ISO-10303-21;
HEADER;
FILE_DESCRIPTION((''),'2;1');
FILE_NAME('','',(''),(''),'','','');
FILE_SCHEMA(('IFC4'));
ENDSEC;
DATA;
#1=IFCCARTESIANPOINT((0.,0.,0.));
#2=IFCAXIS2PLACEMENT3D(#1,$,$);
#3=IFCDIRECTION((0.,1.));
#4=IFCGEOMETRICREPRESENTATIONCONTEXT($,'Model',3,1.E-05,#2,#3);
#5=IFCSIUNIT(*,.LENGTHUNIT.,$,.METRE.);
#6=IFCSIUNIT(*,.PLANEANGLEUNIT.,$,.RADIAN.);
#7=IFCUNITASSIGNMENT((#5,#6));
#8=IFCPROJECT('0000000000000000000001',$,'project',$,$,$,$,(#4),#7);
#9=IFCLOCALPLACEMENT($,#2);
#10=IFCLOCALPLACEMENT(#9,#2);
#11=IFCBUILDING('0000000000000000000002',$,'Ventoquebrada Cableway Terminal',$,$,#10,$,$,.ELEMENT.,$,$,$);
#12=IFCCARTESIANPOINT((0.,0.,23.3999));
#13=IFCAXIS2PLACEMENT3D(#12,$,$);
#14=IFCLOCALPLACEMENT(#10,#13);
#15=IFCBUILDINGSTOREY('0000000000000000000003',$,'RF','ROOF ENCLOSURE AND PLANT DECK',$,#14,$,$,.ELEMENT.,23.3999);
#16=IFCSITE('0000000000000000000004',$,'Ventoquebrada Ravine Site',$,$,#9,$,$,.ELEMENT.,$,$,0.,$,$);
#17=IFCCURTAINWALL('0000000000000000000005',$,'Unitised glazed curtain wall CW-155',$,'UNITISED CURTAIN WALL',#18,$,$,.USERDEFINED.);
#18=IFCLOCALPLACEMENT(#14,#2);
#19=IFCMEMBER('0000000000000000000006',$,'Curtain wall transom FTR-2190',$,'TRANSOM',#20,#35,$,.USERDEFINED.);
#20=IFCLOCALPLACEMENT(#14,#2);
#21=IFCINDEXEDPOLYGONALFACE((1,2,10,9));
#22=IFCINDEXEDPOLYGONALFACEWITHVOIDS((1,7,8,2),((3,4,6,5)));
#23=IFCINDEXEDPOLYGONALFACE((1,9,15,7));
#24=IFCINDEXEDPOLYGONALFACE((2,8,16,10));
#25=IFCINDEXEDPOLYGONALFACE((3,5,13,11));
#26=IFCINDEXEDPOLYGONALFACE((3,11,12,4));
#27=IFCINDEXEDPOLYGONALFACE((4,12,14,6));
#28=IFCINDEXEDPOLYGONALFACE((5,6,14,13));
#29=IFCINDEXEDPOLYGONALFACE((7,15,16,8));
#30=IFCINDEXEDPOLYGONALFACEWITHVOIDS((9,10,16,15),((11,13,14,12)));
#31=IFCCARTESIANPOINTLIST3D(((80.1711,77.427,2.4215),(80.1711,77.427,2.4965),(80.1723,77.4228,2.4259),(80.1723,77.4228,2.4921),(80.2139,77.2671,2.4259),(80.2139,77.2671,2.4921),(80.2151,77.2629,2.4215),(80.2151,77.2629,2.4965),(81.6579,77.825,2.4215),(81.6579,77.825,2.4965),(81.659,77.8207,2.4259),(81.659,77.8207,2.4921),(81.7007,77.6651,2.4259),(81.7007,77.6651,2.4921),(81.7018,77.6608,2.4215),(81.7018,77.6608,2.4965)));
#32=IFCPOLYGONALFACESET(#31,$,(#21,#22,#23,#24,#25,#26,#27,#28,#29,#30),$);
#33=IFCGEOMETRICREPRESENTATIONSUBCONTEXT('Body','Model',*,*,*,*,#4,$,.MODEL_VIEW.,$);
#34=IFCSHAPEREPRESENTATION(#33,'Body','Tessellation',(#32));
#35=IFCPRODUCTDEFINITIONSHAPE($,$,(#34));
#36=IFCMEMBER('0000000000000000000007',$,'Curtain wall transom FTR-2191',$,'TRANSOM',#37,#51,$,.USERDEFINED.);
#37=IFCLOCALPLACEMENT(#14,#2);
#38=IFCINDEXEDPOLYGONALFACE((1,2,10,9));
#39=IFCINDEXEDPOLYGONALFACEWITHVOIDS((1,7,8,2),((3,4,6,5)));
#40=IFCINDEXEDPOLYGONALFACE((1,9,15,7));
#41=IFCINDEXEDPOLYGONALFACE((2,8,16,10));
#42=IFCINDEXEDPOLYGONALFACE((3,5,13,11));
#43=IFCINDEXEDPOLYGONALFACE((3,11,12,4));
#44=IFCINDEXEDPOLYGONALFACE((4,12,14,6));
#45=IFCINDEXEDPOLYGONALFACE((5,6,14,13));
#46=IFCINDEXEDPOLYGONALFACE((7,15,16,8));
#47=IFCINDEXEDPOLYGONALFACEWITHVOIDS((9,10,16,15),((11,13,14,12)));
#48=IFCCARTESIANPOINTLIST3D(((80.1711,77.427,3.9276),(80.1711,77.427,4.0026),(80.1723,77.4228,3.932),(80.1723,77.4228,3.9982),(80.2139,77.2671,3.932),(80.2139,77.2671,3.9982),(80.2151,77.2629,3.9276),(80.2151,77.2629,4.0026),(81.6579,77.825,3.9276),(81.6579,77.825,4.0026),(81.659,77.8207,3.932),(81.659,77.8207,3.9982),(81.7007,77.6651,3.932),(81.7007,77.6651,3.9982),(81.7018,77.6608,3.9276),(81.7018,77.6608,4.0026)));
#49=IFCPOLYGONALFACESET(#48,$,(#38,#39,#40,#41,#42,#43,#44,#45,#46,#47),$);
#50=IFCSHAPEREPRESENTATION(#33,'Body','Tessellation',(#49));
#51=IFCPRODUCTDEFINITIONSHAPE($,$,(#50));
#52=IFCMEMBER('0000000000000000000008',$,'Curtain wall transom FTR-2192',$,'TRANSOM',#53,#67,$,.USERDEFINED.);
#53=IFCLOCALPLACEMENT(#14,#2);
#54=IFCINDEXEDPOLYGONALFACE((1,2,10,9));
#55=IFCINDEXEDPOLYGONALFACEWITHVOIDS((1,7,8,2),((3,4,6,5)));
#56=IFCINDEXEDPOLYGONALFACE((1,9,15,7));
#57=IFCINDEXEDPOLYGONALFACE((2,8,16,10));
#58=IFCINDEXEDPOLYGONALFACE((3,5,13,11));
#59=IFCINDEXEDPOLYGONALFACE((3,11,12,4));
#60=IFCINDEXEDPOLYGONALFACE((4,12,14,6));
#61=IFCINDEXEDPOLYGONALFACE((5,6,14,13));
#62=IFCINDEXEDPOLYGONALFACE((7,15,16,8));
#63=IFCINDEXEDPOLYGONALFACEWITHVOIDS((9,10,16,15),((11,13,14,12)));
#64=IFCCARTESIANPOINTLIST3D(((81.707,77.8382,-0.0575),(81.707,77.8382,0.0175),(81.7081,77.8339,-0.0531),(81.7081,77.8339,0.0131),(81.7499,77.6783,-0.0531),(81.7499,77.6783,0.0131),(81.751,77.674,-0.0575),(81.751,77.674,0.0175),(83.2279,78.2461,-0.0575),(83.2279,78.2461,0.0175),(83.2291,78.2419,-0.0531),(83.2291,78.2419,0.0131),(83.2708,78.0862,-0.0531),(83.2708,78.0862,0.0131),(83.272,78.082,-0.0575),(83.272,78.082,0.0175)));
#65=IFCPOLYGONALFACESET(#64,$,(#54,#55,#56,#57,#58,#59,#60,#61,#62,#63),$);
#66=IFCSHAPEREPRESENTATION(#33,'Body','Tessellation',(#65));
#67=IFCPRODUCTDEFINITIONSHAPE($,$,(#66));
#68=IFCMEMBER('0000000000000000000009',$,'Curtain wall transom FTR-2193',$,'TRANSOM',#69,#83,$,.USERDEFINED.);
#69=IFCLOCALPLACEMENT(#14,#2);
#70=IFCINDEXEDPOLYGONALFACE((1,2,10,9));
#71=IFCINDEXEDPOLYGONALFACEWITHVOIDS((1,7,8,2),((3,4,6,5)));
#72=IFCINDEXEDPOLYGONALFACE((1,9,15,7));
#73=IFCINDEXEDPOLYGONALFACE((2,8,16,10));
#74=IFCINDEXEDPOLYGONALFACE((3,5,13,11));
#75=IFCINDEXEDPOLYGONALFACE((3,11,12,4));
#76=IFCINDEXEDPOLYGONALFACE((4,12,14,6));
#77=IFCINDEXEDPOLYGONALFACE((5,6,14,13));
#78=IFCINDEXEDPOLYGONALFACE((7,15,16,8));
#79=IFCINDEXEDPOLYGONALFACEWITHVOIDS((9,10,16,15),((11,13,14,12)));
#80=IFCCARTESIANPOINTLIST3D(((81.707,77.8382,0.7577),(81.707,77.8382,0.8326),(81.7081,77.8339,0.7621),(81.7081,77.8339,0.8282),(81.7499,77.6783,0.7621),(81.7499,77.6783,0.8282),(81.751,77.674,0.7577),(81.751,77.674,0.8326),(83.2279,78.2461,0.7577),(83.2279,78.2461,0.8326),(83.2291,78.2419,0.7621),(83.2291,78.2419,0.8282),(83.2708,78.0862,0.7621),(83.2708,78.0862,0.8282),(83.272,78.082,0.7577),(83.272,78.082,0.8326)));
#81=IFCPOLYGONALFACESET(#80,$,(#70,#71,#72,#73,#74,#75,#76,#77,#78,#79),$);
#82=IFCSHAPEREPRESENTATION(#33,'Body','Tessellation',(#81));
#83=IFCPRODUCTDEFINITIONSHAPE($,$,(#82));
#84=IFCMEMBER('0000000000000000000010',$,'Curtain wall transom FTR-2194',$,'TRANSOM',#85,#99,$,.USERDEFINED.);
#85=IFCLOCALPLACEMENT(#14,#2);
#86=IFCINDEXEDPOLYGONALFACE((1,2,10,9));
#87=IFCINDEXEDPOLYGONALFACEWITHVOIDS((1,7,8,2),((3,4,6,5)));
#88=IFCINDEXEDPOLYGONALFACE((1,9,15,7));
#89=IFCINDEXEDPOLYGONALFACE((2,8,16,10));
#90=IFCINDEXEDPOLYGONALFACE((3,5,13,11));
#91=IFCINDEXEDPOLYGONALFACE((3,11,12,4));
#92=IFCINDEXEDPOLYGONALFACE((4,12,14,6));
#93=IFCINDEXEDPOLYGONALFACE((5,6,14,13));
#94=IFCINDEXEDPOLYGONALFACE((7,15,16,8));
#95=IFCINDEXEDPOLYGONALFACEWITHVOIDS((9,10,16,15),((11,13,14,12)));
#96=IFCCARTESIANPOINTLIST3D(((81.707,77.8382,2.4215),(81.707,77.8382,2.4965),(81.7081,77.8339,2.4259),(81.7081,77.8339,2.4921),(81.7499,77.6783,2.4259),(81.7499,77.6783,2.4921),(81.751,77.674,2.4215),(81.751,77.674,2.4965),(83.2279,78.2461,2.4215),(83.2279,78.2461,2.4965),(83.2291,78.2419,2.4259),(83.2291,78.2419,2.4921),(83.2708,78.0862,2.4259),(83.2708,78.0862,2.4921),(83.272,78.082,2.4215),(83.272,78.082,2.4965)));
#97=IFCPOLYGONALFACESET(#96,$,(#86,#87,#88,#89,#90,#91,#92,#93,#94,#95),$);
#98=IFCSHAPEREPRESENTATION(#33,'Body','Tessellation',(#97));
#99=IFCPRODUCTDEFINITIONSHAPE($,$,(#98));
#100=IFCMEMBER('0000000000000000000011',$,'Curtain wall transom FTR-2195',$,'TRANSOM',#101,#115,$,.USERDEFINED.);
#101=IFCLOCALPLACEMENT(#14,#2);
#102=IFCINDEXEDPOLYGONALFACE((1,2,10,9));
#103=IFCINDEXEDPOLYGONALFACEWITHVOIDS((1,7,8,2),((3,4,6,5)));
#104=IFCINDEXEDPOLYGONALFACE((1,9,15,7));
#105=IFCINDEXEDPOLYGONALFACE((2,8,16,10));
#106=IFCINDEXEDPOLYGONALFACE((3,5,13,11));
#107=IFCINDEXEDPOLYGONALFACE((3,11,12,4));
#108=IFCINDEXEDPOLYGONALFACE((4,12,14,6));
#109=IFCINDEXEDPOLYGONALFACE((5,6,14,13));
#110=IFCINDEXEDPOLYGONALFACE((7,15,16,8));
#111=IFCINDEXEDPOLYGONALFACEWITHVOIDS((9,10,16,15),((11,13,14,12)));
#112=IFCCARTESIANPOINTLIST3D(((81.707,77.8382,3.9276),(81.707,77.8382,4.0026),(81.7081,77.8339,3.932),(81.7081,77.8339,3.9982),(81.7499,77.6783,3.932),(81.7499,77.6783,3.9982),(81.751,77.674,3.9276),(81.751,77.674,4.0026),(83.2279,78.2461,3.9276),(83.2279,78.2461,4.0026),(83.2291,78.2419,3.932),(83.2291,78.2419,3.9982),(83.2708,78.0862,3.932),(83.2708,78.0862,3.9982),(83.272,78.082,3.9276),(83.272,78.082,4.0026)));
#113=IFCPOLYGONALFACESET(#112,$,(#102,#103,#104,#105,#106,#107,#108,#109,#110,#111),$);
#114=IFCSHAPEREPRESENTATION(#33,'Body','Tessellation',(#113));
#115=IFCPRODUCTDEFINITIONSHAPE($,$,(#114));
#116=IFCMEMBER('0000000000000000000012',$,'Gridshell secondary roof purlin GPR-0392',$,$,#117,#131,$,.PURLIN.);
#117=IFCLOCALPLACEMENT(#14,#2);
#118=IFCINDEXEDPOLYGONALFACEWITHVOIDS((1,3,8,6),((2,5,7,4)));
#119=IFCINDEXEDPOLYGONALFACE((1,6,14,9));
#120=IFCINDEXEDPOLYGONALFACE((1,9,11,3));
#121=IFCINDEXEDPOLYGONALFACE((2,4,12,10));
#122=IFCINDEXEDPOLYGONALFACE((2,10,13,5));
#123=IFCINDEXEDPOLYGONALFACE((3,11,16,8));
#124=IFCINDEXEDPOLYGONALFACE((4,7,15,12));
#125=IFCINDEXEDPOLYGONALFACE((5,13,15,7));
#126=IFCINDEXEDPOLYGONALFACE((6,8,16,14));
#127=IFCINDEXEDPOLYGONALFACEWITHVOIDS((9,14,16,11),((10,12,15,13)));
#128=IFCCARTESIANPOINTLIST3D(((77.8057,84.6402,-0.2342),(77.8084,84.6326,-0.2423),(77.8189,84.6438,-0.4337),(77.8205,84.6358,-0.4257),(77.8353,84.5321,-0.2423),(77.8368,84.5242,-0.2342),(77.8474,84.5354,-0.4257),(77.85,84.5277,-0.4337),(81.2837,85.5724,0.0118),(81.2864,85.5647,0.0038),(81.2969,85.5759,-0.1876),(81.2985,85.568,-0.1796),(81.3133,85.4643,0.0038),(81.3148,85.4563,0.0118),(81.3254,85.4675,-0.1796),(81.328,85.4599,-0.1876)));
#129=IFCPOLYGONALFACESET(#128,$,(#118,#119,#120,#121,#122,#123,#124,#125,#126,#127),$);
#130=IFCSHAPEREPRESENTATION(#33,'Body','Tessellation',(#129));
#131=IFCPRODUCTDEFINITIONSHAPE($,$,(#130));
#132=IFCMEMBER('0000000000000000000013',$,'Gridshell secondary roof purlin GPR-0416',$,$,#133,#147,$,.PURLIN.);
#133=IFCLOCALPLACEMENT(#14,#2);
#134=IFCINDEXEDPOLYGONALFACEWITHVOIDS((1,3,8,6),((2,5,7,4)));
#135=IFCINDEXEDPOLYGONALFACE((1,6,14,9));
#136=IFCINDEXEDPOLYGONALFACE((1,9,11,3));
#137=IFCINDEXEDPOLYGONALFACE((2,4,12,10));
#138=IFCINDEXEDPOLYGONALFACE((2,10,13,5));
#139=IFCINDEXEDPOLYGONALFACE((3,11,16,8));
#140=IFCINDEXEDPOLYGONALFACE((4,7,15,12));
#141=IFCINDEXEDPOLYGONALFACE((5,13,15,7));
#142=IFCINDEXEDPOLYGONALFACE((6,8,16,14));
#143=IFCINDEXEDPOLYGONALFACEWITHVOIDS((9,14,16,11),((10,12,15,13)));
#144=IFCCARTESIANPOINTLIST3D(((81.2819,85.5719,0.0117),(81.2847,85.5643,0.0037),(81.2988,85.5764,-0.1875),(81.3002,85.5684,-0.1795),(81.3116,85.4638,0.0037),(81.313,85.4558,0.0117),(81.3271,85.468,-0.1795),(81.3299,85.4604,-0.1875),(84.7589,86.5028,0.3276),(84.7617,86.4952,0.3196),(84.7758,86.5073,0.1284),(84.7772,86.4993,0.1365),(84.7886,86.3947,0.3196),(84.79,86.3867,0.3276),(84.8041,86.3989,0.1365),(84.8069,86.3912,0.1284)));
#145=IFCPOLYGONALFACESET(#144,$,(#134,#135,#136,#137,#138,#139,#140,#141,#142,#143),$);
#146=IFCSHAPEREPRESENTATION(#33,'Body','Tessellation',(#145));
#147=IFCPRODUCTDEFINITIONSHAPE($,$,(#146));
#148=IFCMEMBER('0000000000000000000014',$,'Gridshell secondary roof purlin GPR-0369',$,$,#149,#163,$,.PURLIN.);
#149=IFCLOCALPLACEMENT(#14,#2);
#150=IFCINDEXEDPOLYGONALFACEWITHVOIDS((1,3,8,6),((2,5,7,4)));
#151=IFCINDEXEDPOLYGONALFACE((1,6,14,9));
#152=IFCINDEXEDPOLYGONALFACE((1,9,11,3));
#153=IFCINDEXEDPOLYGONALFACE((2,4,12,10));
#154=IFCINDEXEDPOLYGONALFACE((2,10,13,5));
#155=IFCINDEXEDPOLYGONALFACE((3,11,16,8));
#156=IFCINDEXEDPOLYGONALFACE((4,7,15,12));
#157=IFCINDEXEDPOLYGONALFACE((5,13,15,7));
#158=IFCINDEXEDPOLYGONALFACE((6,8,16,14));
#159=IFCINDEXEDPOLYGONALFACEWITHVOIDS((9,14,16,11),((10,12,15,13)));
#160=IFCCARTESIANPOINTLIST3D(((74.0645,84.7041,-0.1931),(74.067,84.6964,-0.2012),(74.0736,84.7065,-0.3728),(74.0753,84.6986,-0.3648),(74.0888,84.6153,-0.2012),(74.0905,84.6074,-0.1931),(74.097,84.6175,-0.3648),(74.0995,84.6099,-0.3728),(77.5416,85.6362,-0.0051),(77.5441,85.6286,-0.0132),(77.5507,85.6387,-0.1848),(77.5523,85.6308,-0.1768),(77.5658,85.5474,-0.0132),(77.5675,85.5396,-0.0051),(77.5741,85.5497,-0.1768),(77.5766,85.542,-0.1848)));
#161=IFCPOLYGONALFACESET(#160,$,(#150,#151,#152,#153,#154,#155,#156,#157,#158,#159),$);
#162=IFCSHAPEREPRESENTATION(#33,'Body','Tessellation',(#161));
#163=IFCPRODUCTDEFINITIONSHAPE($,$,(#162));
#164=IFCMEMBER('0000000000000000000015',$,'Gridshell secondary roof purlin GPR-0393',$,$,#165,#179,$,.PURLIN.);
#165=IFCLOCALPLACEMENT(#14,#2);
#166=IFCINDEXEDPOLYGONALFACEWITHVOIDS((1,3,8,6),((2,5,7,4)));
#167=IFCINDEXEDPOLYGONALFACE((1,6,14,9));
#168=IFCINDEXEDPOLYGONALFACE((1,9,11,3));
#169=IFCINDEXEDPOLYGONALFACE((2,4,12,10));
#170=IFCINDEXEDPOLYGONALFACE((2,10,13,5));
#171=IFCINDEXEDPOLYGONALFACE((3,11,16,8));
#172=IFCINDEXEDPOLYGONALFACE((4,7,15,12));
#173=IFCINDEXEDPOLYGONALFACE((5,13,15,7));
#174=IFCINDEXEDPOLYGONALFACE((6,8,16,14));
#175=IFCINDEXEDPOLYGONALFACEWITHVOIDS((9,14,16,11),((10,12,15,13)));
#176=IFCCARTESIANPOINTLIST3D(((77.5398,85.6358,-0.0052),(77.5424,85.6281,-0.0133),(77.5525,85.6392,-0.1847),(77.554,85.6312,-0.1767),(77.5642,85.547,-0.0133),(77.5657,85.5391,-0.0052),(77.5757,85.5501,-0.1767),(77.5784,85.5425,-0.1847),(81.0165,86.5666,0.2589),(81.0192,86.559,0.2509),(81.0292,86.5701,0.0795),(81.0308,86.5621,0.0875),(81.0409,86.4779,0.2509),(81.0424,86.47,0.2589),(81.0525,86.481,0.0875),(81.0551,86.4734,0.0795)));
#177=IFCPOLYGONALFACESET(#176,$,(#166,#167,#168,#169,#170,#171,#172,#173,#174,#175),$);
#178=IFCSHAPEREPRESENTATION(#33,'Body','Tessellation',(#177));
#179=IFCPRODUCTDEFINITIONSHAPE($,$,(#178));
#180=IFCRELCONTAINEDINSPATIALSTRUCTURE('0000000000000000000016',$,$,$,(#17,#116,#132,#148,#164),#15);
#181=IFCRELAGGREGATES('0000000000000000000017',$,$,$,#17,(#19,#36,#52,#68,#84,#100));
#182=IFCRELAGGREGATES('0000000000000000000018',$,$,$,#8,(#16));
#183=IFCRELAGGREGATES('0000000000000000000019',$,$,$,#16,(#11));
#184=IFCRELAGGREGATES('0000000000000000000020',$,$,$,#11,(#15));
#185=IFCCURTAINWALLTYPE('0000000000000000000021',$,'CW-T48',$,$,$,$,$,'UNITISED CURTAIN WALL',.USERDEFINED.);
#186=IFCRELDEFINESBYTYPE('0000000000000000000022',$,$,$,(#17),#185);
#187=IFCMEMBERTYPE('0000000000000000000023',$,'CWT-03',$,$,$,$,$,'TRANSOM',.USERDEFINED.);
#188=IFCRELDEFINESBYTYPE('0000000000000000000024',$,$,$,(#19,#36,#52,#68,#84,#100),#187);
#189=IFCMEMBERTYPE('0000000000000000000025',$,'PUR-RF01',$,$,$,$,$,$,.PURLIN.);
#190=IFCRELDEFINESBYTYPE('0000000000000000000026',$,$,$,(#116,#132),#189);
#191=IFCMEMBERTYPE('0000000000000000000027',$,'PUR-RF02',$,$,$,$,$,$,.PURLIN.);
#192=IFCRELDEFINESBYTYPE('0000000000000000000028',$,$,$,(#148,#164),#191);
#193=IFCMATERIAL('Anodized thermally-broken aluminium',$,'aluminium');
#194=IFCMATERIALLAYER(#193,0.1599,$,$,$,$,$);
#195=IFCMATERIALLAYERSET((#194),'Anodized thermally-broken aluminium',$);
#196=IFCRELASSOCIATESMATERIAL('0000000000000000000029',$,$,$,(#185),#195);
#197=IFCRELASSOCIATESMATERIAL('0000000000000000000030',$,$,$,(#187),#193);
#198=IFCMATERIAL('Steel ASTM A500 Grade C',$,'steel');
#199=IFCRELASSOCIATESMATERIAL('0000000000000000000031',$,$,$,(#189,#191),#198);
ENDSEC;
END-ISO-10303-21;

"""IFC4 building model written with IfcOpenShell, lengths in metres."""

from ifc_helpers import new_model, si_unit, direction, frame, origin, origin_2d, place, context, subcontext, project, spatial, hollow_rectangle, extrude, material, layer, layer_set, material_profile, profile_set, type_object, element, aggregate, save


model = new_model("IFC4")

# Units and contexts
model_context = context("Model", 3, precision=1e-05, world=origin(), true_north=direction((0.0, 1.0)))
body_context = subcontext(model_context, "Body", "Model", "MODEL_VIEW")
ifc_project = project(units=[si_unit("LENGTHUNIT", "METRE"), si_unit("PLANEANGLEUNIT", "RADIAN")], contexts=[model_context])

# Site, building, storey
site_placement = place(None, origin())
site = spatial("IfcSite", under=ifc_project, at=site_placement, Name="Ventoquebrada Ravine Site", CompositionType="ELEMENT", RefElevation=0.0)
building_placement = place(site_placement, origin())
building = spatial("IfcBuilding", under=site, at=building_placement, Name="Ventoquebrada Cableway Terminal", CompositionType="ELEMENT")
storey_placement = place(building_placement, frame((0.0, 0.0, 23.3999)))
storey = spatial("IfcBuildingStorey", under=building, at=storey_placement, Name="RF", Description="ROOF ENCLOSURE AND PLANT DECK", CompositionType="ELEMENT", Elevation=23.3999)

# Shared definitions
ifc_material_1 = material(Name="Steel ASTM A500 Grade C", Category="steel")

# Curtain wall, members
ifc_material_2 = material(Name="Anodized thermally-broken aluminium", Category="aluminium")
ifc_layer_1 = layer(ifc_material_2, 0.1599)
ifc_layer_set_1 = layer_set([ifc_layer_1], Name="Anodized thermally-broken aluminium")
curtain_wall_type = type_object("IfcCurtainWallType", Name="CW-T48", ElementType="UNITISED CURTAIN WALL", PredefinedType="USERDEFINED", material=ifc_layer_set_1)
curtain_wall_placement = place(storey_placement, origin())
curtain_wall = element("IfcCurtainWall", 1, at=curtain_wall_placement, inside=storey, type_object=curtain_wall_type, Name="Unitised glazed curtain wall CW-155", ObjectType="UNITISED CURTAIN WALL", PredefinedType="USERDEFINED")
ifc_material_profile_1 = material_profile(ifc_material_2, hollow_rectangle(XDim=0.075, YDim=0.1699, WallThickness=0.0044, at=origin_2d()), Name="CW-TRN-75X170")
ifc_profile_set_1 = profile_set([ifc_material_profile_1], Name="Anodized thermally-broken aluminium")
member_type_1 = type_object("IfcMemberType", Name="CWT-03", ElementType="TRANSOM", PredefinedType="USERDEFINED", material=ifc_profile_set_1)
member_1_placement = place(storey_placement, frame((80.1931, 77.345, 2.459), z_axis=(0.965998, 0.258551, 0.0), x_axis=(0.0, 0.0, 1.0)))
member_1 = element("IfcMember", 2, at=member_1_placement, type_object=member_type_1, Name="Curtain wall transom FTR-2190", ObjectType="TRANSOM", PredefinedType="USERDEFINED", context=body_context, shape_type="SweptSolid", body=[
    extrude(hollow_rectangle(XDim=0.075, YDim=0.1699, WallThickness=0.0044, at=origin_2d()), origin(), (0.0, 0.0, 1.0), 1.5391),
])
member_2_placement = place(storey_placement, frame((80.1931, 77.345, 3.9651), z_axis=(0.965998, 0.258551, 0.0), x_axis=(0.0, 0.0, 1.0)))
member_2 = element("IfcMember", 3, at=member_2_placement, type_object=member_type_1, Name="Curtain wall transom FTR-2191", ObjectType="TRANSOM", PredefinedType="USERDEFINED", context=body_context, shape_type="SweptSolid", body=[
    extrude(hollow_rectangle(XDim=0.075, YDim=0.1699, WallThickness=0.0044, at=origin_2d()), origin(), (0.0, 0.0, 1.0), 1.5391),
])
member_3_placement = place(storey_placement, frame((81.729, 77.7561, -0.02), z_axis=(0.965861, 0.259062, 0.0), x_axis=(0.0, 0.0, 1.0)))
member_3 = element("IfcMember", 4, at=member_3_placement, type_object=member_type_1, Name="Curtain wall transom FTR-2192", ObjectType="TRANSOM", PredefinedType="USERDEFINED", context=body_context, shape_type="SweptSolid", body=[
    extrude(hollow_rectangle(XDim=0.075, YDim=0.1699, WallThickness=0.0044, at=origin_2d()), origin(), (0.0, 0.0, 1.0), 1.5747),
])
member_4_placement = place(storey_placement, frame((81.729, 77.7561, 0.7952), z_axis=(0.965861, 0.259062, 0.0), x_axis=(0.0, 0.0, 1.0)))
member_4 = element("IfcMember", 5, at=member_4_placement, type_object=member_type_1, Name="Curtain wall transom FTR-2193", ObjectType="TRANSOM", PredefinedType="USERDEFINED", context=body_context, shape_type="SweptSolid", body=[
    extrude(hollow_rectangle(XDim=0.075, YDim=0.1699, WallThickness=0.0044, at=origin_2d()), origin(), (0.0, 0.0, 1.0), 1.5747),
])
member_5_placement = place(storey_placement, frame((81.729, 77.7561, 2.459), z_axis=(0.965861, 0.259062, 0.0), x_axis=(0.0, 0.0, 1.0)))
member_5 = element("IfcMember", 6, at=member_5_placement, type_object=member_type_1, Name="Curtain wall transom FTR-2194", ObjectType="TRANSOM", PredefinedType="USERDEFINED", context=body_context, shape_type="SweptSolid", body=[
    extrude(hollow_rectangle(XDim=0.075, YDim=0.1699, WallThickness=0.0044, at=origin_2d()), origin(), (0.0, 0.0, 1.0), 1.5747),
])
member_6_placement = place(storey_placement, frame((81.729, 77.7561, 3.9651), z_axis=(0.965861, 0.259062, 0.0), x_axis=(0.0, 0.0, 1.0)))
member_6 = element("IfcMember", 7, at=member_6_placement, type_object=member_type_1, Name="Curtain wall transom FTR-2195", ObjectType="TRANSOM", PredefinedType="USERDEFINED", context=body_context, shape_type="SweptSolid", body=[
    extrude(hollow_rectangle(XDim=0.075, YDim=0.1699, WallThickness=0.0044, at=origin_2d()), origin(), (0.0, 0.0, 1.0), 1.5747),
])

# Members
ifc_material_profile_2 = material_profile(ifc_material_1, hollow_rectangle(XDim=0.1201, YDim=0.2, WallThickness=0.0081, at=origin_2d()), Name="RHS200X120X8")
ifc_profile_set_2 = profile_set([ifc_material_profile_2], Name="Steel ASTM A500 Grade C")
member_type_2 = type_object("IfcMemberType", Name="PUR-RF01", PredefinedType="PURLIN", material=ifc_profile_set_2)
member_7_placement = place(storey_placement, frame((77.8279, 84.584, -0.334), z_axis=(0.963664, 0.258267, 0.068186), x_axis=(-0.258869, 0.965912, 0.0)))
element("IfcMember", 8, at=member_7_placement, inside=storey, type_object=member_type_2, Name="Gridshell secondary roof purlin GPR-0392", PredefinedType="PURLIN", context=body_context, shape_type="SweptSolid", body=[
    extrude(hollow_rectangle(XDim=0.1201, YDim=0.2, WallThickness=0.0081, at=origin_2d()), origin(), (0.0, 0.0, 1.0), 3.6091),
])
member_8_placement = place(storey_placement, frame((81.3059, 85.5161, -0.0879), z_axis=(0.96228, 0.25763, 0.087431), x_axis=(-0.258621, 0.965979, 0.0)))
element("IfcMember", 9, at=member_8_placement, inside=storey, type_object=member_type_2, Name="Gridshell secondary roof purlin GPR-0416", PredefinedType="PURLIN", context=body_context, shape_type="SweptSolid", body=[
    extrude(hollow_rectangle(XDim=0.1201, YDim=0.2, WallThickness=0.0081, at=origin_2d()), origin(), (0.0, 0.0, 1.0), 3.6133),
])
ifc_material_profile_3 = material_profile(ifc_material_1, hollow_rectangle(XDim=0.1001, YDim=0.1799, WallThickness=0.0081, at=origin_2d()), Name="RHS180X100X8")
ifc_profile_set_3 = profile_set([ifc_material_profile_3], Name="Steel ASTM A500 Grade C")
member_type_3 = type_object("IfcMemberType", Name="PUR-RF02", PredefinedType="PURLIN", material=ifc_profile_set_3)
member_9_placement = place(storey_placement, frame((74.082, 84.657, -0.283), z_axis=(0.96458, 0.258585, 0.05215), x_axis=(-0.258937, 0.965894, 0.0)))
element("IfcMember", 10, at=member_9_placement, inside=storey, type_object=member_type_3, Name="Gridshell secondary roof purlin GPR-0369", PredefinedType="PURLIN", context=body_context, shape_type="SweptSolid", body=[
    extrude(hollow_rectangle(XDim=0.1001, YDim=0.1799, WallThickness=0.0081, at=origin_2d()), origin(), (0.0, 0.0, 1.0), 3.6047),
])
member_10_placement = place(storey_placement, frame((77.5591, 85.5891, -0.095), z_axis=(0.963383, 0.257944, 0.073196), x_axis=(-0.258638, 0.965974, 0.0)))
element("IfcMember", 11, at=member_10_placement, inside=storey, type_object=member_type_3, Name="Gridshell secondary roof purlin GPR-0393", PredefinedType="PURLIN", context=body_context, shape_type="SweptSolid", body=[
    extrude(hollow_rectangle(XDim=0.1001, YDim=0.1799, WallThickness=0.0081, at=origin_2d()), origin(), (0.0, 0.0, 1.0), 3.6089),
])

aggregate(curtain_wall, [member_1, member_2, member_3, member_4, member_5, member_6])

save(model, "model.ifc")
